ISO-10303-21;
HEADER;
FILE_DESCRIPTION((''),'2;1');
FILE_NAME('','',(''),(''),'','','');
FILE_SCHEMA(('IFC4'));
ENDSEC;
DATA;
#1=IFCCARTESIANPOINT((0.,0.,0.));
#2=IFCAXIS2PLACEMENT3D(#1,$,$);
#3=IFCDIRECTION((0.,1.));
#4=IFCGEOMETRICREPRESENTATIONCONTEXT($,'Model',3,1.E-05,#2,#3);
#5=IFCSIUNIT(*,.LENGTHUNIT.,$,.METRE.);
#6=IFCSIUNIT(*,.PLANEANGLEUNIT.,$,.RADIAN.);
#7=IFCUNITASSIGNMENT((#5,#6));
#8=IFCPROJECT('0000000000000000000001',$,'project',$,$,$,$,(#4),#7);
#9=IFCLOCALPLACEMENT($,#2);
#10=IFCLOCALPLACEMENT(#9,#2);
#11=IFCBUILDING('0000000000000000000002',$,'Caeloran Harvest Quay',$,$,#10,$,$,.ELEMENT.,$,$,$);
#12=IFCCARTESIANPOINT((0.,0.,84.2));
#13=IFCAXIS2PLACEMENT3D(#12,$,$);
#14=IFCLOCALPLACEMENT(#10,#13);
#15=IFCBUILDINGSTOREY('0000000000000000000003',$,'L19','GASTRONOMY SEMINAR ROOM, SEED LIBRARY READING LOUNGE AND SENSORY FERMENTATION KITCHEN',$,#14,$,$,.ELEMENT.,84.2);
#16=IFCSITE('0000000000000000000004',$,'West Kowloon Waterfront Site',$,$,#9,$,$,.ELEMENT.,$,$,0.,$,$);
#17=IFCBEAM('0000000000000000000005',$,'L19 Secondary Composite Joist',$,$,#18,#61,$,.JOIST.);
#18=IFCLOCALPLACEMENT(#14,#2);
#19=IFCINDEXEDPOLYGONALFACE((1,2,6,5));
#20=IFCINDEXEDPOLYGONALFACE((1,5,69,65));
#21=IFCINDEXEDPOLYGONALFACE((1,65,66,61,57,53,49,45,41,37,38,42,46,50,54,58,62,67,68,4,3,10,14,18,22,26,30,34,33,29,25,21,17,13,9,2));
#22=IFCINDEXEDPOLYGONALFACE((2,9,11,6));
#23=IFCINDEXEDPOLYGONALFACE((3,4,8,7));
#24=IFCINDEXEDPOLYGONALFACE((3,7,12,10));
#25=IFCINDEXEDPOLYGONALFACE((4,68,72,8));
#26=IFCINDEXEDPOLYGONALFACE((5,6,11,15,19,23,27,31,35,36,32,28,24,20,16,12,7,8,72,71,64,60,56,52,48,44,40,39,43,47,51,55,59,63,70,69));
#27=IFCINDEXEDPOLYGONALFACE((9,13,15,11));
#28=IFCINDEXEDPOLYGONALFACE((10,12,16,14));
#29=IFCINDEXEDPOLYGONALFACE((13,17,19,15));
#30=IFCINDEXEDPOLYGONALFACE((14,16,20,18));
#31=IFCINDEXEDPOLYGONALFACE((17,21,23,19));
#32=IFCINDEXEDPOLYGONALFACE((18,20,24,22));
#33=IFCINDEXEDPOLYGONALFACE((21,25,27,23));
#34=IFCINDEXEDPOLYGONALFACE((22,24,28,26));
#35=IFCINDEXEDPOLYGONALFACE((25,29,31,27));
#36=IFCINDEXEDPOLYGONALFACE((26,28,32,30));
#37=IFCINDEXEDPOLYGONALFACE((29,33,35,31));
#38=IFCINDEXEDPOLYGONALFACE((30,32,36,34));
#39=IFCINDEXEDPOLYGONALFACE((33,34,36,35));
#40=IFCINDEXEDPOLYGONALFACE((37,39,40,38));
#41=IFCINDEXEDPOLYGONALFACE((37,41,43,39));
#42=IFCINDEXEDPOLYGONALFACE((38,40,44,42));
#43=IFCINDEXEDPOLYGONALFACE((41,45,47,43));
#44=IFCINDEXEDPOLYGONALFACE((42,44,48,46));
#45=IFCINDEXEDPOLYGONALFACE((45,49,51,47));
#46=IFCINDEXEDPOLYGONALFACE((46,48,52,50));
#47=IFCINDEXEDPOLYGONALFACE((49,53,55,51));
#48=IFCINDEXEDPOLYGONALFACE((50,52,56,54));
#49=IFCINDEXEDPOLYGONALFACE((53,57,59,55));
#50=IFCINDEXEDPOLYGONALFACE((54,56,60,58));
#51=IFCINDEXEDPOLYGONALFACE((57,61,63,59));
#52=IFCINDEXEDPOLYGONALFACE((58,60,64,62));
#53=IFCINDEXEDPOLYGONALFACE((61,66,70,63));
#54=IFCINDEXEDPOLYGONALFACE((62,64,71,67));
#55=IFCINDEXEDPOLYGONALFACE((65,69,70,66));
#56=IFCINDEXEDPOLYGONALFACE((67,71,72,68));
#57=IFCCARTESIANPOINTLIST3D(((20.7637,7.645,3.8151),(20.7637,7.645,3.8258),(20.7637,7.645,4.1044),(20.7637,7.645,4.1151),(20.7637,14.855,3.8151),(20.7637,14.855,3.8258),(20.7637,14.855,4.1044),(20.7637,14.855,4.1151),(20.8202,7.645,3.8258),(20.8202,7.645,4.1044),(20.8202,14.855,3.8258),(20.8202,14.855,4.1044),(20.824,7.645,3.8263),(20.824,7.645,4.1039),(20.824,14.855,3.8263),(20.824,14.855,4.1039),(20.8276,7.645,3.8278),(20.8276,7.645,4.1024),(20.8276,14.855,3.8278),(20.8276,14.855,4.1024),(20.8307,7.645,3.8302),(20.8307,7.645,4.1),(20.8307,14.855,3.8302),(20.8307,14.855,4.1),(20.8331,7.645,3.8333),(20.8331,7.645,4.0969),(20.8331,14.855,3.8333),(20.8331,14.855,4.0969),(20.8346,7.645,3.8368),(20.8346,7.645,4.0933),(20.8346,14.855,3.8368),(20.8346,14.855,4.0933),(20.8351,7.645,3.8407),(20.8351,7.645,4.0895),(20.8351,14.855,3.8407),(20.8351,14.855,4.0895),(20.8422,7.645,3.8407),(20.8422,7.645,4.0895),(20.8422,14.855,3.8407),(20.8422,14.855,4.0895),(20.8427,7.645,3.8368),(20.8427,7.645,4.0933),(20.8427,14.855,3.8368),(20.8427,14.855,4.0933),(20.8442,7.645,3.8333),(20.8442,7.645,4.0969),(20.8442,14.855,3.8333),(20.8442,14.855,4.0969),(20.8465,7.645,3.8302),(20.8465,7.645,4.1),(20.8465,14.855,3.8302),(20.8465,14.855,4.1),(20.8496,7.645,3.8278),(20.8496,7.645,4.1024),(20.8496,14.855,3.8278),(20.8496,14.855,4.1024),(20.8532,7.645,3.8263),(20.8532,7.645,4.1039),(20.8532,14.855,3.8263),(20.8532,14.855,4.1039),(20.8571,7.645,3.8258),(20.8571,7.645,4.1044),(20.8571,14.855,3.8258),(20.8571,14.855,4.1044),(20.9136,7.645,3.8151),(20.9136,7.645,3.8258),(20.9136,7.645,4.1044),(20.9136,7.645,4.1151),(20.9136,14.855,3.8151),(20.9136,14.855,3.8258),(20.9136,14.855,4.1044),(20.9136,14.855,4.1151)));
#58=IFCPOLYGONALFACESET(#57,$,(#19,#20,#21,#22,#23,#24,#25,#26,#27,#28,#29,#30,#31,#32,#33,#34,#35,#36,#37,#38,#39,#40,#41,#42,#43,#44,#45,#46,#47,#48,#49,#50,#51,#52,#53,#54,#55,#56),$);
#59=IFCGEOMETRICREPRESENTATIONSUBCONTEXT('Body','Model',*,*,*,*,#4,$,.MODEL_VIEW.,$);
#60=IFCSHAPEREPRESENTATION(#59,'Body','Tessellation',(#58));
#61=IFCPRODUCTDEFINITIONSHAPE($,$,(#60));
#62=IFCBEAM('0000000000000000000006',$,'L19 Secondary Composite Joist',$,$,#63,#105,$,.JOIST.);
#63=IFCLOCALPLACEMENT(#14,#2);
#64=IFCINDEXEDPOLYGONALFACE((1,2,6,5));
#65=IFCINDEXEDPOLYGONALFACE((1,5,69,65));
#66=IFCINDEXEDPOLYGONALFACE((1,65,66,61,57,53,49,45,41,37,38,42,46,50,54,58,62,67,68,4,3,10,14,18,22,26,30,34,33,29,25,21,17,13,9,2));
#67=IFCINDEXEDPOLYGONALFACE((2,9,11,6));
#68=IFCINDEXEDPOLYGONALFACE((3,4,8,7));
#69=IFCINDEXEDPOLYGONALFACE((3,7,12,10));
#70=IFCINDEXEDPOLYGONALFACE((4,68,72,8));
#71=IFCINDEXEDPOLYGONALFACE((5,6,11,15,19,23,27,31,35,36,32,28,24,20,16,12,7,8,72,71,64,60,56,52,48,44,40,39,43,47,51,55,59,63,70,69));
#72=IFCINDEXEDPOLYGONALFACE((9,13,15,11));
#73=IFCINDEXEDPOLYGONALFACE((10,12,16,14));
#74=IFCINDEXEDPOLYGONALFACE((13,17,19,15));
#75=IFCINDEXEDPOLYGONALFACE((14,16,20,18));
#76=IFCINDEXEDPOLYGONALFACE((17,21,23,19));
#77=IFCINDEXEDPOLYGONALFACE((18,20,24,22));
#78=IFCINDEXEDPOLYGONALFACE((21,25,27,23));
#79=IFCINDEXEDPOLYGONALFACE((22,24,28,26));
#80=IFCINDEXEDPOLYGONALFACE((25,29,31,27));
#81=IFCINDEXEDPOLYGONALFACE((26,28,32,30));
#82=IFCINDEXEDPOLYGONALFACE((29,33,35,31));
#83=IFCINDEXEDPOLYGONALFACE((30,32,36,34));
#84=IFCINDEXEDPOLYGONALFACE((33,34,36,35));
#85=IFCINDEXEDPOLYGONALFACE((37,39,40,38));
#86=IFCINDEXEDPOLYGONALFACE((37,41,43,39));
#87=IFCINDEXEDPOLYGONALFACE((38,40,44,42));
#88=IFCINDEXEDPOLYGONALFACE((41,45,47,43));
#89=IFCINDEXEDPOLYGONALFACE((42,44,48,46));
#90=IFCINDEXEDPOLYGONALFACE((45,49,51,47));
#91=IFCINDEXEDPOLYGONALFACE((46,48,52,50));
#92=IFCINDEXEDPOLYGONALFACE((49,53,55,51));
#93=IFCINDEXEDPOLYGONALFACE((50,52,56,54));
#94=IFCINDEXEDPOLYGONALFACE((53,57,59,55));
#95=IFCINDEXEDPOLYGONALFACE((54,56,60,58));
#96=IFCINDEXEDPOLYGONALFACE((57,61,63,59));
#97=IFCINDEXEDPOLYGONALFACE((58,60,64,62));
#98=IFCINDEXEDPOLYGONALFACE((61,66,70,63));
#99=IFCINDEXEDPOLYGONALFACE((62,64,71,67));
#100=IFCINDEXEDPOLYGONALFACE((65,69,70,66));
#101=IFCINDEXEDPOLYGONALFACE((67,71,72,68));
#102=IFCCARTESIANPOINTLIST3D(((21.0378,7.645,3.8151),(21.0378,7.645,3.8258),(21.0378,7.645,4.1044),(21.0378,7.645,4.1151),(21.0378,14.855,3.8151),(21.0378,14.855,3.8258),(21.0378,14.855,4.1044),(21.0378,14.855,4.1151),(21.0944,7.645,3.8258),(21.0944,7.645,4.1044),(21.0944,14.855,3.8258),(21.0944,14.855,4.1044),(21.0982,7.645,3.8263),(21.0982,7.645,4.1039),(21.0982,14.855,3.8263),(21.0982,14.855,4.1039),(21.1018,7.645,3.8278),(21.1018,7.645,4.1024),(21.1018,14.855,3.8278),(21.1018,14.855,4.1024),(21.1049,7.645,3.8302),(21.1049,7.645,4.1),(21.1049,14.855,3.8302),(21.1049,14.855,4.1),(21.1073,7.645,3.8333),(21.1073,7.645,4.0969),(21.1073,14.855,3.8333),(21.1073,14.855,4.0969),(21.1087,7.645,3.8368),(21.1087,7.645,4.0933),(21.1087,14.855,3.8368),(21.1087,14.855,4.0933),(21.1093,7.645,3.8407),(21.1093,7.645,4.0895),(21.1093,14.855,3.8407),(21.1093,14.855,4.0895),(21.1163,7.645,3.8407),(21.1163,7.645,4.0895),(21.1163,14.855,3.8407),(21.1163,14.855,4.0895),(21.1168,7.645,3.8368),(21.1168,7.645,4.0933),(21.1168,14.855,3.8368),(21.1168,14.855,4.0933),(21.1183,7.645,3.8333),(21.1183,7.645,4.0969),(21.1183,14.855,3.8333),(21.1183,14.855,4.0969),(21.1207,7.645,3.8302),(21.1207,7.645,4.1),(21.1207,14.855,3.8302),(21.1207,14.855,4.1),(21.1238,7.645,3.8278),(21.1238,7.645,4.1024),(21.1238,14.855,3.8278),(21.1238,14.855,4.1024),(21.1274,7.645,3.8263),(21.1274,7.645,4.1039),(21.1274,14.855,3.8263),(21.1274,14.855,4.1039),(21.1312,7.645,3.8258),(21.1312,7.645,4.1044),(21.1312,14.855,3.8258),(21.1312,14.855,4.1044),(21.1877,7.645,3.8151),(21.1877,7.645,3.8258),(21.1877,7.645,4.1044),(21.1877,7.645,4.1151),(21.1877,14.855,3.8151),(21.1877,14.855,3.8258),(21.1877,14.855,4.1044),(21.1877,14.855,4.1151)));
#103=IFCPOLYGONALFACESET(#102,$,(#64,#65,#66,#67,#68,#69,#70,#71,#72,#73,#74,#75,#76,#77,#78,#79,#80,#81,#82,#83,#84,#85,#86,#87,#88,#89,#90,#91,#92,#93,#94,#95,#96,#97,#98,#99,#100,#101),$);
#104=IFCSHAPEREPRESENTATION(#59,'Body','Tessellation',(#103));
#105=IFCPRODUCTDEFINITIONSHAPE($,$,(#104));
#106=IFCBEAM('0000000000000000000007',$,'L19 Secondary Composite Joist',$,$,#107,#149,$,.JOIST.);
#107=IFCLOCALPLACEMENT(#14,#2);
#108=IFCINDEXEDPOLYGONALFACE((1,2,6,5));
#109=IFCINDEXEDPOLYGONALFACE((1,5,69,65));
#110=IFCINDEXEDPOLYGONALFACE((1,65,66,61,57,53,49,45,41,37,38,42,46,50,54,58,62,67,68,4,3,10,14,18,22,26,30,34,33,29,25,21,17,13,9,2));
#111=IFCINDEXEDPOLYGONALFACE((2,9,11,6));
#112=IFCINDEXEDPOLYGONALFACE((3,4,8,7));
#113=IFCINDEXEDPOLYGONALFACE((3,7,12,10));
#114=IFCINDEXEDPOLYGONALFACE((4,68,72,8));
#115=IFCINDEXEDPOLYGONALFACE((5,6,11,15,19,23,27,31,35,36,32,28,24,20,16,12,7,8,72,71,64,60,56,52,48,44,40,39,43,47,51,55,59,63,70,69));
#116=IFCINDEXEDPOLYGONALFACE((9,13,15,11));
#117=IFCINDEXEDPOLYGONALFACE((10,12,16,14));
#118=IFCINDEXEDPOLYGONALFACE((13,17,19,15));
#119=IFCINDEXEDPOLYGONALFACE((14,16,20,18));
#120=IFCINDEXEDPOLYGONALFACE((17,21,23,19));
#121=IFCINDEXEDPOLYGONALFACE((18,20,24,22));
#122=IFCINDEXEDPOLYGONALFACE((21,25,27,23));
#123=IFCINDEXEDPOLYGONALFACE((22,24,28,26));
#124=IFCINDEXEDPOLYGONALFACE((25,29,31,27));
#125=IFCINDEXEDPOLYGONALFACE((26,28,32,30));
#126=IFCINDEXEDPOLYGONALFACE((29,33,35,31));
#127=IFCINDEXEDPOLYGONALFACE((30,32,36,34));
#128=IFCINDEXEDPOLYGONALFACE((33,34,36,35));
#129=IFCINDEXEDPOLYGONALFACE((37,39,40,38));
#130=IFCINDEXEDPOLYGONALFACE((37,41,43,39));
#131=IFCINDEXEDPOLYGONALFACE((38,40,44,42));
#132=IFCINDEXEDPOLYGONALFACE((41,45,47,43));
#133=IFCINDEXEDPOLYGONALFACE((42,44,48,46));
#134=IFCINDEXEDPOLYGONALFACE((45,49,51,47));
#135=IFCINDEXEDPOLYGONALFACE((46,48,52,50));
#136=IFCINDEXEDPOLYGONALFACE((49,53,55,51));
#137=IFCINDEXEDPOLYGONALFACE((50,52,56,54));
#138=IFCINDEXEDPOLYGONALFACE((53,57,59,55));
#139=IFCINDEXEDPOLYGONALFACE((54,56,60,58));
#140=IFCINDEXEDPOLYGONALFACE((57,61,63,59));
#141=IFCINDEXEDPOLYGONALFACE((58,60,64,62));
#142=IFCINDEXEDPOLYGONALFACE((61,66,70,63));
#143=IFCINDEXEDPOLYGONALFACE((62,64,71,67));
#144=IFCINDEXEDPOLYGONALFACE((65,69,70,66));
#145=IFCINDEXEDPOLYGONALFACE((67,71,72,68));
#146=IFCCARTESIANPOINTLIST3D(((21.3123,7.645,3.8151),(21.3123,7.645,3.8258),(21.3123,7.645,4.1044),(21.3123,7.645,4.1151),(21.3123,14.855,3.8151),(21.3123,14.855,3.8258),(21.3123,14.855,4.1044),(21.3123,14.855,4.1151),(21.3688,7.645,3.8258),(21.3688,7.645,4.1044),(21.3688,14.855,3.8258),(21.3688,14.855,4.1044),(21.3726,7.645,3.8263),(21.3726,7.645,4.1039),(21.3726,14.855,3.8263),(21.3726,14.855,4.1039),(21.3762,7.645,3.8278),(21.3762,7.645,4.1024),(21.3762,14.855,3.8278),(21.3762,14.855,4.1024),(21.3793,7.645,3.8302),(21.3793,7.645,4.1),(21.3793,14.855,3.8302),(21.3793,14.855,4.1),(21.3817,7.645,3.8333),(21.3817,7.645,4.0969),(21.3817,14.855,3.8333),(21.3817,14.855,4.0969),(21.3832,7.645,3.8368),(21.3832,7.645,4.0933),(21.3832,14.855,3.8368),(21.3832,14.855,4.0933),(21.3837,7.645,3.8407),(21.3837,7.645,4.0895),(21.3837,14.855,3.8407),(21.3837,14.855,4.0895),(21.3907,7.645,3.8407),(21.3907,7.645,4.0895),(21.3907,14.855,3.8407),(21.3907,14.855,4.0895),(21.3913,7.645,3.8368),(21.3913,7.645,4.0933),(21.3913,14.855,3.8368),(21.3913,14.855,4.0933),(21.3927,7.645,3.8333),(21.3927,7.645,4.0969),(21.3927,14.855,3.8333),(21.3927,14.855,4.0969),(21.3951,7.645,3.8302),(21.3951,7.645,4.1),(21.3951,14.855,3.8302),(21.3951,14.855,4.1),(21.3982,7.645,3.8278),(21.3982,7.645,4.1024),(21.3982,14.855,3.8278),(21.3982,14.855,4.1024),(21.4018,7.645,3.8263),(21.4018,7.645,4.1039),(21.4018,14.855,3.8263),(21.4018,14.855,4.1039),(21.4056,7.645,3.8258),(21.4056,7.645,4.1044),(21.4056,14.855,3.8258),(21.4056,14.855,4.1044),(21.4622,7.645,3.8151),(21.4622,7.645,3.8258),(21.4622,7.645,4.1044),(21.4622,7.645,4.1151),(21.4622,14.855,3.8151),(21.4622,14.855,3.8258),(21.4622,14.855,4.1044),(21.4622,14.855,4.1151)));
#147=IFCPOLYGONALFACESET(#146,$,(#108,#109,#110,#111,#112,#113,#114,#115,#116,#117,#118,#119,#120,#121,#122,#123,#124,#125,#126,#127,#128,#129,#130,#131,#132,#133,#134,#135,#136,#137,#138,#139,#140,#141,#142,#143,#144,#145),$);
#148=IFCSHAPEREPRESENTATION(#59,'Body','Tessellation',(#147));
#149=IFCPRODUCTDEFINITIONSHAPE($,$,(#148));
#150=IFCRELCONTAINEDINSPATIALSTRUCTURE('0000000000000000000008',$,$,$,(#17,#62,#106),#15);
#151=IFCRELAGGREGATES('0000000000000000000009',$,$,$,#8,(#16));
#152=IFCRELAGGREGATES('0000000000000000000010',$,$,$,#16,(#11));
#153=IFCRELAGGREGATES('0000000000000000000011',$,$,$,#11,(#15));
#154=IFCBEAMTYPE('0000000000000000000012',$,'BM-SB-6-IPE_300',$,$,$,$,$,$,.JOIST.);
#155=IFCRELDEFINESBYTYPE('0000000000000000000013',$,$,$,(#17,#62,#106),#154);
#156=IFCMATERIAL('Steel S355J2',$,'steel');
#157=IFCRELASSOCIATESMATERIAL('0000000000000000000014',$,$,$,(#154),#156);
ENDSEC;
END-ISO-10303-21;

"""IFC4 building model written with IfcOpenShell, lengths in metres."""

from ifc_helpers import new_model, si_unit, direction, frame, origin, origin_2d, place, context, subcontext, project, spatial, i_section, extrude, material, material_profile, profile_set, type_object, element, save


model = new_model("IFC4")

# Units and contexts
model_context = context("Model", 3, precision=1e-05, world=origin(), true_north=direction((0.0, 1.0)))
body_context = subcontext(model_context, "Body", "Model", "MODEL_VIEW")
ifc_project = project(units=[si_unit("LENGTHUNIT", "METRE"), si_unit("PLANEANGLEUNIT", "RADIAN")], contexts=[model_context])

# Site, building, storey
site_placement = place(None, origin())
site = spatial("IfcSite", under=ifc_project, at=site_placement, Name="West Kowloon Waterfront Site", CompositionType="ELEMENT", RefElevation=0.0)
building_placement = place(site_placement, origin())
building = spatial("IfcBuilding", under=site, at=building_placement, Name="Caeloran Harvest Quay", CompositionType="ELEMENT")
storey_placement = place(building_placement, frame((0.0, 0.0, 84.2)))
storey = spatial("IfcBuildingStorey", under=building, at=storey_placement, Name="L19", Description="GASTRONOMY SEMINAR ROOM, SEED LIBRARY READING LOUNGE AND SENSORY FERMENTATION KITCHEN", CompositionType="ELEMENT", Elevation=84.2)

# Beams
ifc_material_1 = material(Name="Steel S355J2", Category="steel")
ifc_material_profile_1 = material_profile(ifc_material_1, i_section(OverallWidth=0.1499, OverallDepth=0.3, WebThickness=0.0071, FlangeThickness=0.0107, FilletRadius=0.0149, at=origin_2d()), Name="IPE 300")
ifc_profile_set_1 = profile_set([ifc_material_profile_1], Name="Steel S355J2")
beam_type_1 = type_object("IfcBeamType", Name="BM-SB-6-IPE_300", PredefinedType="JOIST", material=ifc_profile_set_1)
for number, where, z_axis, x_axis, name in (
    (1, (20.8386, 7.645, 3.9651), (0.0, 1.0, 0.0), (-1.0, 0.0, 0.0), "L19 Secondary Composite Joist"),
    (2, (21.1128, 7.645, 3.9651), (0.0, 1.0, 0.0), (-1.0, 0.0, 0.0), "L19 Secondary Composite Joist"),
    (3, (21.3872, 7.645, 3.9651), (0.0, 1.0, 0.0), (-1.0, 0.0, 0.0), "L19 Secondary Composite Joist"),
):
    element("IfcBeam", number, at=place(storey_placement, frame(where, z_axis=z_axis, x_axis=x_axis)), inside=storey, type_object=beam_type_1, Name=name, PredefinedType="JOIST", context=body_context, shape_type="SweptSolid", body=[
        extrude(i_section(OverallWidth=0.1499, OverallDepth=0.3, WebThickness=0.0071, FlangeThickness=0.0107, FilletRadius=0.0149, at=origin_2d()), origin(), (0.0, 0.0, 1.0), 7.21),
    ])

save(model, "model.ifc")
